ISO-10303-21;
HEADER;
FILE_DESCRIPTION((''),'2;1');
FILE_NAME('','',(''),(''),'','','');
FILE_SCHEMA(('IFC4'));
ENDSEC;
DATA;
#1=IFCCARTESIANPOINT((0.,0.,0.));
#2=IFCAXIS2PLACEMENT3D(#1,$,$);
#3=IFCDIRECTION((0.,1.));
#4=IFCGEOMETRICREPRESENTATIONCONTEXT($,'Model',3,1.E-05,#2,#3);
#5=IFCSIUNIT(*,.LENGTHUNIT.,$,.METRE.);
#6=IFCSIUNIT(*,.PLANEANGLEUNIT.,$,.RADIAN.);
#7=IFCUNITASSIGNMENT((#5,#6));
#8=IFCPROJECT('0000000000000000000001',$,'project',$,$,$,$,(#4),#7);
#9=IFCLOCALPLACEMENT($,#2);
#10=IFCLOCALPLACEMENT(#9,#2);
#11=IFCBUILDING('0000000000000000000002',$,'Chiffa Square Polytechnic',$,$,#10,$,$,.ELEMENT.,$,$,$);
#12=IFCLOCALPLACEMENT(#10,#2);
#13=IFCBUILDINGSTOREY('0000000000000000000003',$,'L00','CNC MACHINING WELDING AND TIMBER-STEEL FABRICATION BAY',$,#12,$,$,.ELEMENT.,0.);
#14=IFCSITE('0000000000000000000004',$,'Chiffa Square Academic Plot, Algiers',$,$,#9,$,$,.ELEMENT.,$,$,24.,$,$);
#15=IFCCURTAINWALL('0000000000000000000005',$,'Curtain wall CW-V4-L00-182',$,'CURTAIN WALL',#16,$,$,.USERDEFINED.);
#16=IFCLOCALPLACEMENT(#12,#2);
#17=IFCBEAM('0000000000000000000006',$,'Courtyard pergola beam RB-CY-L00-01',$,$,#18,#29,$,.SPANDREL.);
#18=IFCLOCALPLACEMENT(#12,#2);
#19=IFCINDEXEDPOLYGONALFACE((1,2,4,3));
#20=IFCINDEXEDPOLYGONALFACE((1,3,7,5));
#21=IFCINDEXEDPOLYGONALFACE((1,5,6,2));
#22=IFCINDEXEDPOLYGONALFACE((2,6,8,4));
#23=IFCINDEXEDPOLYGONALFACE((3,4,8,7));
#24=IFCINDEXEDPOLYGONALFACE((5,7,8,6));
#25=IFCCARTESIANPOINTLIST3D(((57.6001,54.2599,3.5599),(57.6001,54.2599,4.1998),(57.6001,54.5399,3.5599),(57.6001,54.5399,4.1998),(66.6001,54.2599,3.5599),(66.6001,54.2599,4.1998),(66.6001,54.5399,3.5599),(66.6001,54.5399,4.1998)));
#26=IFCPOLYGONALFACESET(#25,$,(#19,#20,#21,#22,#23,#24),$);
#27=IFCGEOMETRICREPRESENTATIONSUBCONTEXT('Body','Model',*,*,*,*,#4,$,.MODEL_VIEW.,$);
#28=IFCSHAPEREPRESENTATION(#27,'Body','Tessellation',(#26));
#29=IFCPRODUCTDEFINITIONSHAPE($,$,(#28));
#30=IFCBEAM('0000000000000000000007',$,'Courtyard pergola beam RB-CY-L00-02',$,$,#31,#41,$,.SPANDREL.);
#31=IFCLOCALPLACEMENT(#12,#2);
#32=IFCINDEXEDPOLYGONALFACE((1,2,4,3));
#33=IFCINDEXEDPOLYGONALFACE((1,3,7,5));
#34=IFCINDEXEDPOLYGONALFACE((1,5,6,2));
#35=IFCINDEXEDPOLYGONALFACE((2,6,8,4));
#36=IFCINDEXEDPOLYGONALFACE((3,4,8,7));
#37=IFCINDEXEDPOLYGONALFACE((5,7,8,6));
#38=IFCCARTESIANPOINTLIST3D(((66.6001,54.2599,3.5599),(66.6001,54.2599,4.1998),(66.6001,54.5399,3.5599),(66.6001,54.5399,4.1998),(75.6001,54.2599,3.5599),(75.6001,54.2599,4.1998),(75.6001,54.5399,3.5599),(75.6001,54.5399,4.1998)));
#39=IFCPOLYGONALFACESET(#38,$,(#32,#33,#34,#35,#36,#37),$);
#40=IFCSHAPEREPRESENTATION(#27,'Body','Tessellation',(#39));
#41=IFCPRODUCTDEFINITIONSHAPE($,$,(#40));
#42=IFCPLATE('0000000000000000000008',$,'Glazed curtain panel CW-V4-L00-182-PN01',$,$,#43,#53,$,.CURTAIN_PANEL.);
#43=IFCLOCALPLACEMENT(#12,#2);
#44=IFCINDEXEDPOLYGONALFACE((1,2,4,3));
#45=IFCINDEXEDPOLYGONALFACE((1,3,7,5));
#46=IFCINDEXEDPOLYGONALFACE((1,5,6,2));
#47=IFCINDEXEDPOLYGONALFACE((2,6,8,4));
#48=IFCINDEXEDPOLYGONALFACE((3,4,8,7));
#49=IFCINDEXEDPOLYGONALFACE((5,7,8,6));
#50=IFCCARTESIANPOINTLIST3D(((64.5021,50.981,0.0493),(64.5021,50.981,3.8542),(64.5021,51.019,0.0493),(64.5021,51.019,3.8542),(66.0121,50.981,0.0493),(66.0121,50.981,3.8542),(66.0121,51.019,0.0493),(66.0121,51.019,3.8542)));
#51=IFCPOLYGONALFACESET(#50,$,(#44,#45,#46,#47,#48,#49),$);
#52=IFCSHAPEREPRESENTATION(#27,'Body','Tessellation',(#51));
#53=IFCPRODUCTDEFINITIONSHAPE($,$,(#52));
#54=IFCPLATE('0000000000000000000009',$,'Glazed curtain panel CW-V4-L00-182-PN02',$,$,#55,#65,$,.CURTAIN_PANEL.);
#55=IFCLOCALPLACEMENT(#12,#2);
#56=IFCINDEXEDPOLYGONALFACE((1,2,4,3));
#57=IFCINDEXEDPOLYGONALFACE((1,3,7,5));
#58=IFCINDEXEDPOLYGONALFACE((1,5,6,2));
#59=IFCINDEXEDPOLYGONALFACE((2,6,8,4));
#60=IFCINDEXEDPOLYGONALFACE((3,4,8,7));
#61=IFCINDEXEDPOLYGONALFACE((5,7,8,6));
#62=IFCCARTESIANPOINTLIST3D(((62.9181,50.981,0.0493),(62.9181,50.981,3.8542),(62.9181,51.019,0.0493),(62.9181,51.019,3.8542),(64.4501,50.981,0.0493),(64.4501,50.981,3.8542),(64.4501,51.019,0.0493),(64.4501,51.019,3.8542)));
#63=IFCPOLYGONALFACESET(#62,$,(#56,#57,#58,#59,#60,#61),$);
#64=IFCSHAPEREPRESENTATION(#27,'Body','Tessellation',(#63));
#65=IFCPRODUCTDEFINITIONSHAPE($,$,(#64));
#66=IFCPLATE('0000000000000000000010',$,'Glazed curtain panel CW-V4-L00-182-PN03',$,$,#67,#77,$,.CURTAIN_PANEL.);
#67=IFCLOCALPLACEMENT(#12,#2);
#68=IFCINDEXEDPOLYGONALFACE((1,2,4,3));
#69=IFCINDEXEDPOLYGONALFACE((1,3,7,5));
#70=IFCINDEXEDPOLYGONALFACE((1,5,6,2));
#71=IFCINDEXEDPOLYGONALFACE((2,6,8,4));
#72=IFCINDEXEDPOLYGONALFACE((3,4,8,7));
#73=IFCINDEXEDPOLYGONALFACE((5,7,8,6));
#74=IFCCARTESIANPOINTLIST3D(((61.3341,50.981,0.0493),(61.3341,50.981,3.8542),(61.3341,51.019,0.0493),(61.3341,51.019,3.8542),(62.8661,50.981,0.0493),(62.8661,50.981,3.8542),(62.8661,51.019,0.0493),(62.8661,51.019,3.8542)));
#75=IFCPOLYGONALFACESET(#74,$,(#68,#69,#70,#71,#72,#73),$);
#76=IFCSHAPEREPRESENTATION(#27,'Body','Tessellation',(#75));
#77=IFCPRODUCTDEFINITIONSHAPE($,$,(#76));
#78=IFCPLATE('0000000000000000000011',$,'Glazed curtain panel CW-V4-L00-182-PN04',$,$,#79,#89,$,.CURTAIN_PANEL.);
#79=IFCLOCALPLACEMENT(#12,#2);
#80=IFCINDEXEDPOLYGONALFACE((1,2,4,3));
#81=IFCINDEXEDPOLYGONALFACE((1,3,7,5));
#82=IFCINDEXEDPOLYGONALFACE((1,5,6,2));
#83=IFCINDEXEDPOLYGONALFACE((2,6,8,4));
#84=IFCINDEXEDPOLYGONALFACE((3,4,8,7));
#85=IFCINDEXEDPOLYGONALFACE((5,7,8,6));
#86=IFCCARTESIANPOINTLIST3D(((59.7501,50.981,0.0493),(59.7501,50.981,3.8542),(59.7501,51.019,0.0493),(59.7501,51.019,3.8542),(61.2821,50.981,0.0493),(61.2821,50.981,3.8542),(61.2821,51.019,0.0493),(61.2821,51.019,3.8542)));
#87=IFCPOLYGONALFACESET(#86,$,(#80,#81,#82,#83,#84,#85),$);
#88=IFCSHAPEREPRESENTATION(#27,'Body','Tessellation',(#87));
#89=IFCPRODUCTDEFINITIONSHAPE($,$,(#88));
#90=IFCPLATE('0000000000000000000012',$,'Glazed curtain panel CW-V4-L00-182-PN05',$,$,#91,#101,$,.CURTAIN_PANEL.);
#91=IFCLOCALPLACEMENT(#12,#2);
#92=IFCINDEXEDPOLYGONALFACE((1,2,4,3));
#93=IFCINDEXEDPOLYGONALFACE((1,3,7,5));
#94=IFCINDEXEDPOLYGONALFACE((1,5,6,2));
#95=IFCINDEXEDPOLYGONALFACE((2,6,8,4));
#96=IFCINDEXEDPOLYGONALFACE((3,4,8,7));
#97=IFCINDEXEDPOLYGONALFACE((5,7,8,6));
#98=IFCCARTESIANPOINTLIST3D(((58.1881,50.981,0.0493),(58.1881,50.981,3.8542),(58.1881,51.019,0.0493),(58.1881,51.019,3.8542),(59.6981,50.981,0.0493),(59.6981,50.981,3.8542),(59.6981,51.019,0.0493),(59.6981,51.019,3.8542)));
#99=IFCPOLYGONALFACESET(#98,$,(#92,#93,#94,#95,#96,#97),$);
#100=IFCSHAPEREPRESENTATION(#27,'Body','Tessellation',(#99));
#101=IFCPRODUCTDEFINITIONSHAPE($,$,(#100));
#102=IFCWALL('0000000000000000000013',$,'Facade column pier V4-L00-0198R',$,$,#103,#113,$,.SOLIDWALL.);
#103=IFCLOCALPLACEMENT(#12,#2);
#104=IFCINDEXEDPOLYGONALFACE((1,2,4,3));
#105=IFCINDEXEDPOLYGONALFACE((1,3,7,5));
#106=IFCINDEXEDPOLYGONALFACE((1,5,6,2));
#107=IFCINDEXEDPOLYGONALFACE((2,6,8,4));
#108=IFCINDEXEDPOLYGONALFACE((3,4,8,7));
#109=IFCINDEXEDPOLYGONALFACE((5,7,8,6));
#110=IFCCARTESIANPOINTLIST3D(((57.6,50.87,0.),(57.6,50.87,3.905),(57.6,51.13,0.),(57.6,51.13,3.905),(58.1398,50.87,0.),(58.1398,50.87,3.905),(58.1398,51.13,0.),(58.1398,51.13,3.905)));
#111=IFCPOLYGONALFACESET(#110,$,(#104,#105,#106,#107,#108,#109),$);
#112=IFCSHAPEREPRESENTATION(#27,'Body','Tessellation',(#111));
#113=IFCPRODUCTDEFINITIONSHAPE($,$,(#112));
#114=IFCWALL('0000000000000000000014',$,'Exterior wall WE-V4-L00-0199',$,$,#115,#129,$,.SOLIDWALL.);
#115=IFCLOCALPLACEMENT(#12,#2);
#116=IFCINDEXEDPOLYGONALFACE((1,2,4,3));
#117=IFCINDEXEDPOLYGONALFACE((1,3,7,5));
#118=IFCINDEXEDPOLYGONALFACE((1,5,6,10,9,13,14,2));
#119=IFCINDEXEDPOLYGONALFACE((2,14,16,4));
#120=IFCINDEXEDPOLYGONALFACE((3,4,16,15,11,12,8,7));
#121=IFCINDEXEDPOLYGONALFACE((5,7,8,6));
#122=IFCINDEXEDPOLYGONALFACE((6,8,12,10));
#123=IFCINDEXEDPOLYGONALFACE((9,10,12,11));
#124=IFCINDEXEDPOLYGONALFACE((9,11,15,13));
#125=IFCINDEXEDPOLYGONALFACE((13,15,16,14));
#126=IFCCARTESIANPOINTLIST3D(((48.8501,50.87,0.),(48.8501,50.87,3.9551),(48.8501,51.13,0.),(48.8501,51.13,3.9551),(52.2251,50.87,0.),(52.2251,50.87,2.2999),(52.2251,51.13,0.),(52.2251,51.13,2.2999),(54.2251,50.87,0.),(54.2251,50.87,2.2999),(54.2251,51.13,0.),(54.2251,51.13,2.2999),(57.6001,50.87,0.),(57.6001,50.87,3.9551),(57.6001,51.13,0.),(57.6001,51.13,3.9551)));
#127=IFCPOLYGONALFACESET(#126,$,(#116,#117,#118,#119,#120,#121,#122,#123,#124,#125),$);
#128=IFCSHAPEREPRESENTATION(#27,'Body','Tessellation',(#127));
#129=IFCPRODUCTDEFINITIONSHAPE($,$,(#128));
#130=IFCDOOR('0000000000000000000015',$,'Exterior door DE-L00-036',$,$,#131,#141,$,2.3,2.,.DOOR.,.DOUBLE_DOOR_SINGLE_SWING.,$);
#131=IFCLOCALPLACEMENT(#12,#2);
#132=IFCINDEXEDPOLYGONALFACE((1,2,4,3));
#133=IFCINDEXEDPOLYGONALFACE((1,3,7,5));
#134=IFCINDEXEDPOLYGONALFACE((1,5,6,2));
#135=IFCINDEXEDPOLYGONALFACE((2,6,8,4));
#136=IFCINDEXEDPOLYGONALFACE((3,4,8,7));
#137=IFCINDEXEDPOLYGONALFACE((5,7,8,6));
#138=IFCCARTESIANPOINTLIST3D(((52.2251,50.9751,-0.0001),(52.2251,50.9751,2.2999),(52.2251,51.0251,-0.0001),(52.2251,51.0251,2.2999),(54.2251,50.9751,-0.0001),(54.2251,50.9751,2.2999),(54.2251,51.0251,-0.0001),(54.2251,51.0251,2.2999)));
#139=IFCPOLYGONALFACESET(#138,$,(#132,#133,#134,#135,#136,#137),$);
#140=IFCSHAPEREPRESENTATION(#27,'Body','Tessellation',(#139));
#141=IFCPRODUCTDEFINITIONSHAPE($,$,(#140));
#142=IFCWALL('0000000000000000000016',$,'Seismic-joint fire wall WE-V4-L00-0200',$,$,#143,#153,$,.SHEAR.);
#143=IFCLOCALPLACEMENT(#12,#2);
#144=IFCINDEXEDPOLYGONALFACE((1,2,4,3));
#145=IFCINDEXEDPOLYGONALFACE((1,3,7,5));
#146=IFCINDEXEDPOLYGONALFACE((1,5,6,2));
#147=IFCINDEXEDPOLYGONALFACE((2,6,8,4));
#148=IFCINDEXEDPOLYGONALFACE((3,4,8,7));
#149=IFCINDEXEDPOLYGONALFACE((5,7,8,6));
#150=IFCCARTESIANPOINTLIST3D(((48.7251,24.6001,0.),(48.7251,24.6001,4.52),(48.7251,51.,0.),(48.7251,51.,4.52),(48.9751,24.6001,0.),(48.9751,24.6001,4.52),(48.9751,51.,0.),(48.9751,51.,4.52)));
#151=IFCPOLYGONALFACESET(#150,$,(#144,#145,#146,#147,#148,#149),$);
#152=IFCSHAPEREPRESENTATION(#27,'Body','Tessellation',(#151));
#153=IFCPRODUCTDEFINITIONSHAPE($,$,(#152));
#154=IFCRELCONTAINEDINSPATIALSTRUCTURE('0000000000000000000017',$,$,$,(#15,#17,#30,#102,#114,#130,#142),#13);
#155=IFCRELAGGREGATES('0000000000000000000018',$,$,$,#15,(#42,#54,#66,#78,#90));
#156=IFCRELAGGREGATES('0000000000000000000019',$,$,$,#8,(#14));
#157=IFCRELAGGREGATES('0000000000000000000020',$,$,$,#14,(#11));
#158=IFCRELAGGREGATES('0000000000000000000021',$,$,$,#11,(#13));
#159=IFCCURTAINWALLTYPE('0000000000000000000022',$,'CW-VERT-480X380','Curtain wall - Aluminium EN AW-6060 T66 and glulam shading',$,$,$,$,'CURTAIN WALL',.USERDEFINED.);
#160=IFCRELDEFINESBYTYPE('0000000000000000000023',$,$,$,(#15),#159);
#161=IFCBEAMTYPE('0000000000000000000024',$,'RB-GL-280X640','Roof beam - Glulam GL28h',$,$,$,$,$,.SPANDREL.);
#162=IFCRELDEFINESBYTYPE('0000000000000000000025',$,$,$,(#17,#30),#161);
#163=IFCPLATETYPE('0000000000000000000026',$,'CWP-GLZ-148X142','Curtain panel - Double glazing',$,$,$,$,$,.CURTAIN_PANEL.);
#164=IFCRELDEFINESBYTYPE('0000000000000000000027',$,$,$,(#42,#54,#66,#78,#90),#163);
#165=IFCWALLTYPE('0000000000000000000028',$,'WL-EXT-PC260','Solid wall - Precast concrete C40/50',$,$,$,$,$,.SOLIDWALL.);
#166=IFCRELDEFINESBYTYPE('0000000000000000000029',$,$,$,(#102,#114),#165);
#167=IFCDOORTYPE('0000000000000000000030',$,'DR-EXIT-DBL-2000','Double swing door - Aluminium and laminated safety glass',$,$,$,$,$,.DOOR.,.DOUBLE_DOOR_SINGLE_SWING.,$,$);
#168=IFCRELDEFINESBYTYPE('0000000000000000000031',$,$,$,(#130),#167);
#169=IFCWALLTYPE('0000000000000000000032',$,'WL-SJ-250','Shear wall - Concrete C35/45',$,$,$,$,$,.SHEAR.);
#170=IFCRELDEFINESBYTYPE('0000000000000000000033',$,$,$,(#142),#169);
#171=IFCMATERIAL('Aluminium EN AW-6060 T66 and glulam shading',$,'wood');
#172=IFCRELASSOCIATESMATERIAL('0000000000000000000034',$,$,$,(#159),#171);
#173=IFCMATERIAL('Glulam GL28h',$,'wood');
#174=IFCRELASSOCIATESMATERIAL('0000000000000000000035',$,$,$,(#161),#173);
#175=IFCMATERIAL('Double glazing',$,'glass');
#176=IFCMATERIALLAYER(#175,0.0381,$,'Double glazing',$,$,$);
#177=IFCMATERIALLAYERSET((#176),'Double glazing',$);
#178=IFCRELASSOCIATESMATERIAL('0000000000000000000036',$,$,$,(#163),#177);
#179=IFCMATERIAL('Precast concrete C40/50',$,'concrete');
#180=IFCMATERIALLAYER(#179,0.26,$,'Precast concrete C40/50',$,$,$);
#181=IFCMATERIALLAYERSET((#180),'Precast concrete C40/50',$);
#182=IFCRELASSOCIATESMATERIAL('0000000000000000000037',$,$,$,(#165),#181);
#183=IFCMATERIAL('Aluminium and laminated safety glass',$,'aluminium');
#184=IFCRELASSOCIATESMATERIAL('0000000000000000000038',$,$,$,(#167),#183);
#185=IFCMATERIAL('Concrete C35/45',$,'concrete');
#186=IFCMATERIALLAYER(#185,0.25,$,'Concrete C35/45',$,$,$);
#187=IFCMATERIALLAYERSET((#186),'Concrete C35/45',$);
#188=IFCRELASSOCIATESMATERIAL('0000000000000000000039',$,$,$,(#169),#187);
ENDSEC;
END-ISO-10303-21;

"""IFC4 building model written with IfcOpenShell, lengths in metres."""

from ifc_helpers import new_model, si_unit, direction, frame, frame_2d, origin, origin_2d, place, context, subcontext, project, spatial, rectangle, extrude, material, layer, layer_set, material_profile, profile_set, type_object, element, fill, aggregate, save


model = new_model("IFC4")

# Units and contexts
model_context = context("Model", 3, precision=1e-05, world=origin(), true_north=direction((0.0, 1.0)))
body_context = subcontext(model_context, "Body", "Model", "MODEL_VIEW")
ifc_project = project(units=[si_unit("LENGTHUNIT", "METRE"), si_unit("PLANEANGLEUNIT", "RADIAN")], contexts=[model_context])

# Site, building, storey
site_placement = place(None, origin())
site = spatial("IfcSite", under=ifc_project, at=site_placement, Name="Chiffa Square Academic Plot, Algiers", CompositionType="ELEMENT", RefElevation=24.0)
building_placement = place(site_placement, origin())
building = spatial("IfcBuilding", under=site, at=building_placement, Name="Chiffa Square Polytechnic", CompositionType="ELEMENT")
storey_placement = place(building_placement, origin())
storey = spatial("IfcBuildingStorey", under=building, at=storey_placement, Name="L00", Description="CNC MACHINING WELDING AND TIMBER-STEEL FABRICATION BAY", CompositionType="ELEMENT", Elevation=0.0)

# Shared definitions
ifc_material_1 = material(Name="Concrete C35/45", Category="concrete")

# Curtain wall
ifc_material_2 = material(Name="Aluminium EN AW-6060 T66 and glulam shading", Category="wood")
curtain_wall_type = type_object("IfcCurtainWallType", Name="CW-VERT-480X380", Description="Curtain wall - Aluminium EN AW-6060 T66 and glulam shading", ElementType="CURTAIN WALL", PredefinedType="USERDEFINED", material=ifc_material_2)
curtain_wall_placement = place(storey_placement, origin())
curtain_wall = element("IfcCurtainWall", 1, at=curtain_wall_placement, inside=storey, type_object=curtain_wall_type, Name="Curtain wall CW-V4-L00-182", ObjectType="CURTAIN WALL", PredefinedType="USERDEFINED")
ifc_material_3 = material(Name="Glulam GL28h", Category="wood")

# Beams
ifc_material_profile_1 = material_profile(ifc_material_3, rectangle(XDim=0.28, YDim=0.6399, at=origin_2d()), Name="GL28h 280x640")
ifc_profile_set_1 = profile_set([ifc_material_profile_1], Name="Glulam GL28h")
beam_type_1 = type_object("IfcBeamType", Name="RB-GL-280X640", Description="Roof beam - Glulam GL28h", PredefinedType="SPANDREL", material=ifc_profile_set_1)
for number, where, z_axis, x_axis, name in (
    (2, (57.6001, 54.3999, 3.8799), (1.0, 0.0, 0.0), (0.0, 1.0, 0.0), "Courtyard pergola beam RB-CY-L00-01"),
    (3, (66.6001, 54.3999, 3.8799), (1.0, 0.0, 0.0), (0.0, 1.0, 0.0), "Courtyard pergola beam RB-CY-L00-02"),
):
    element("IfcBeam", number, at=place(storey_placement, frame(where, z_axis=z_axis, x_axis=x_axis)), inside=storey, type_object=beam_type_1, Name=name, PredefinedType="SPANDREL", context=body_context, shape_type="SweptSolid", body=[
        extrude(rectangle(XDim=0.28, YDim=0.6399, at=origin_2d()), origin(), (0.0, 0.0, 1.0), 9.0),
    ])

# Plates
ifc_material_4 = material(Name="Double glazing", Category="glass")
ifc_layer_1 = layer(ifc_material_4, 0.0381, Name="Double glazing")
ifc_layer_set_1 = layer_set([ifc_layer_1], Name="Double glazing")
plate_type = type_object("IfcPlateType", Name="CWP-GLZ-148X142", Description="Curtain panel - Double glazing", PredefinedType="CURTAIN_PANEL", material=ifc_layer_set_1)
plate_1_placement = place(storey_placement, frame((65.2571, 51.0, 0.0493), z_axis=(0.0, 0.0, 1.0), x_axis=(-1.0, 0.0, 0.0)))
plate_1 = element("IfcPlate", 4, at=plate_1_placement, type_object=plate_type, Name="Glazed curtain panel CW-V4-L00-182-PN01", PredefinedType="CURTAIN_PANEL", context=body_context, shape_type="SweptSolid", body=[
    extrude(rectangle(XDim=1.51, YDim=0.0381, at=origin_2d()), origin(), (0.0, 0.0, 1.0), 3.8049),
])
plate_2_placement = place(storey_placement, frame((63.6841, 51.0, 0.0493), z_axis=(0.0, 0.0, 1.0), x_axis=(-1.0, 0.0, 0.0)))
plate_2 = element("IfcPlate", 5, at=plate_2_placement, type_object=plate_type, Name="Glazed curtain panel CW-V4-L00-182-PN02", PredefinedType="CURTAIN_PANEL", context=body_context, shape_type="SweptSolid", body=[
    extrude(rectangle(XDim=1.532, YDim=0.0381, at=origin_2d()), origin(), (0.0, 0.0, 1.0), 3.8049),
])
plate_3_placement = place(storey_placement, frame((62.1001, 51.0, 0.0493), z_axis=(0.0, 0.0, 1.0), x_axis=(-1.0, 0.0, 0.0)))
plate_3 = element("IfcPlate", 6, at=plate_3_placement, type_object=plate_type, Name="Glazed curtain panel CW-V4-L00-182-PN03", PredefinedType="CURTAIN_PANEL", context=body_context, shape_type="SweptSolid", body=[
    extrude(rectangle(XDim=1.532, YDim=0.0381, at=origin_2d()), origin(), (0.0, 0.0, 1.0), 3.8049),
])
plate_4_placement = place(storey_placement, frame((60.5161, 51.0, 0.0493), z_axis=(0.0, 0.0, 1.0), x_axis=(-1.0, 0.0, 0.0)))
plate_4 = element("IfcPlate", 7, at=plate_4_placement, type_object=plate_type, Name="Glazed curtain panel CW-V4-L00-182-PN04", PredefinedType="CURTAIN_PANEL", context=body_context, shape_type="SweptSolid", body=[
    extrude(rectangle(XDim=1.532, YDim=0.0381, at=origin_2d()), origin(), (0.0, 0.0, 1.0), 3.8049),
])
plate_5_placement = place(storey_placement, frame((58.9431, 51.0, 0.0493), z_axis=(0.0, 0.0, 1.0), x_axis=(-1.0, 0.0, 0.0)))
plate_5 = element("IfcPlate", 8, at=plate_5_placement, type_object=plate_type, Name="Glazed curtain panel CW-V4-L00-182-PN05", PredefinedType="CURTAIN_PANEL", context=body_context, shape_type="SweptSolid", body=[
    extrude(rectangle(XDim=1.51, YDim=0.0381, at=origin_2d()), origin(), (0.0, 0.0, 1.0), 3.8049),
])
aggregate(curtain_wall, [plate_1, plate_2, plate_3, plate_4, plate_5])

# Wall
ifc_material_5 = material(Name="Precast concrete C40/50", Category="concrete")
ifc_layer_2 = layer(ifc_material_5, 0.26, Name="Precast concrete C40/50")
ifc_layer_set_2 = layer_set([ifc_layer_2], Name="Precast concrete C40/50")
wall_type_1 = type_object("IfcWallType", Name="WL-EXT-PC260", Description="Solid wall - Precast concrete C40/50", PredefinedType="SOLIDWALL", material=ifc_layer_set_2)
wall_1_placement = place(storey_placement, frame((58.1399, 51.0, 0.0), z_axis=(0.0, 0.0, 1.0), x_axis=(-1.0, 0.0, 0.0)))
element("IfcWall", 9, at=wall_1_placement, inside=storey, type_object=wall_type_1, Name="Facade column pier V4-L00-0198R", PredefinedType="SOLIDWALL", context=body_context, shape_type="SweptSolid", body=[
    extrude(rectangle(XDim=0.5398, YDim=0.26, at=frame_2d((0.27, 0.0))), origin(), (0.0, 0.0, 1.0), 3.905),
])

# Wall, opening, door
wall_2_placement = place(storey_placement, frame((57.6001, 51.0, 0.0), z_axis=(0.0, 0.0, 1.0), x_axis=(-1.0, 0.0, 0.0)))
wall_2 = element("IfcWall", 10, at=wall_2_placement, inside=storey, type_object=wall_type_1, Name="Exterior wall WE-V4-L00-0199", PredefinedType="SOLIDWALL", context=body_context, shape_type="SweptSolid", body=[
    extrude(rectangle(XDim=8.75, YDim=0.26, at=frame_2d((4.375, 0.0))), origin(), (0.0, 0.0, 1.0), 3.9551),
])
opening_placement = place(wall_2_placement, frame((3.375, 0.0, 0.0)))
opening = element("IfcOpeningElement", 11, at=opening_placement, cuts=wall_2, PredefinedType="OPENING", context=body_context, shape_type="SweptSolid", body=[
    extrude(rectangle(XDim=2.0, YDim=2.3, at=frame_2d((1.0, 1.1499))), frame((0.0, 0.1401, 0.0), z_axis=(0.0, -1.0, 0.0), x_axis=(1.0, 0.0, 0.0)), (0.0, 0.0, 1.0), 0.28),
])
ifc_material_6 = material(Name="Aluminium and laminated safety glass", Category="aluminium")
door_type = type_object("IfcDoorType", Name="DR-EXIT-DBL-2000", Description="Double swing door - Aluminium and laminated safety glass", OperationType="DOUBLE_DOOR_SINGLE_SWING", PredefinedType="DOOR", material=ifc_material_6)
door_placement = place(opening_placement, origin())
door = element("IfcDoor", 12, at=door_placement, inside=storey, type_object=door_type, Name="Exterior door DE-L00-036", OperationType="DOUBLE_DOOR_SINGLE_SWING", OverallHeight=2.3, OverallWidth=2.0, PredefinedType="DOOR", context=body_context, shape_type="SweptSolid", body=[
    extrude(rectangle(XDim=2.0, YDim=2.3, at=frame_2d((1.0, 1.1499))), frame((0.0, 0.0249, 0.0), z_axis=(0.0, -1.0, 0.0), x_axis=(1.0, 0.0, 0.0)), (0.0, 0.0, 1.0), 0.05),
])
fill(opening, door)

# Wall
ifc_layer_3 = layer(ifc_material_1, 0.25, Name="Concrete C35/45")
ifc_layer_set_3 = layer_set([ifc_layer_3], Name="Concrete C35/45")
wall_type_2 = type_object("IfcWallType", Name="WL-SJ-250", Description="Shear wall - Concrete C35/45", PredefinedType="SHEAR", material=ifc_layer_set_3)
wall_3_placement = place(storey_placement, frame((48.8501, 51.0, 0.0), z_axis=(0.0, 0.0, 1.0), x_axis=(0.0, -1.0, 0.0)))
element("IfcWall", 13, at=wall_3_placement, inside=storey, type_object=wall_type_2, Name="Seismic-joint fire wall WE-V4-L00-0200", PredefinedType="SHEAR", context=body_context, shape_type="SweptSolid", body=[
    extrude(rectangle(XDim=26.3999, YDim=0.25, at=frame_2d((13.2, 0.0))), origin(), (0.0, 0.0, 1.0), 4.52),
])

save(model, "model.ifc")
